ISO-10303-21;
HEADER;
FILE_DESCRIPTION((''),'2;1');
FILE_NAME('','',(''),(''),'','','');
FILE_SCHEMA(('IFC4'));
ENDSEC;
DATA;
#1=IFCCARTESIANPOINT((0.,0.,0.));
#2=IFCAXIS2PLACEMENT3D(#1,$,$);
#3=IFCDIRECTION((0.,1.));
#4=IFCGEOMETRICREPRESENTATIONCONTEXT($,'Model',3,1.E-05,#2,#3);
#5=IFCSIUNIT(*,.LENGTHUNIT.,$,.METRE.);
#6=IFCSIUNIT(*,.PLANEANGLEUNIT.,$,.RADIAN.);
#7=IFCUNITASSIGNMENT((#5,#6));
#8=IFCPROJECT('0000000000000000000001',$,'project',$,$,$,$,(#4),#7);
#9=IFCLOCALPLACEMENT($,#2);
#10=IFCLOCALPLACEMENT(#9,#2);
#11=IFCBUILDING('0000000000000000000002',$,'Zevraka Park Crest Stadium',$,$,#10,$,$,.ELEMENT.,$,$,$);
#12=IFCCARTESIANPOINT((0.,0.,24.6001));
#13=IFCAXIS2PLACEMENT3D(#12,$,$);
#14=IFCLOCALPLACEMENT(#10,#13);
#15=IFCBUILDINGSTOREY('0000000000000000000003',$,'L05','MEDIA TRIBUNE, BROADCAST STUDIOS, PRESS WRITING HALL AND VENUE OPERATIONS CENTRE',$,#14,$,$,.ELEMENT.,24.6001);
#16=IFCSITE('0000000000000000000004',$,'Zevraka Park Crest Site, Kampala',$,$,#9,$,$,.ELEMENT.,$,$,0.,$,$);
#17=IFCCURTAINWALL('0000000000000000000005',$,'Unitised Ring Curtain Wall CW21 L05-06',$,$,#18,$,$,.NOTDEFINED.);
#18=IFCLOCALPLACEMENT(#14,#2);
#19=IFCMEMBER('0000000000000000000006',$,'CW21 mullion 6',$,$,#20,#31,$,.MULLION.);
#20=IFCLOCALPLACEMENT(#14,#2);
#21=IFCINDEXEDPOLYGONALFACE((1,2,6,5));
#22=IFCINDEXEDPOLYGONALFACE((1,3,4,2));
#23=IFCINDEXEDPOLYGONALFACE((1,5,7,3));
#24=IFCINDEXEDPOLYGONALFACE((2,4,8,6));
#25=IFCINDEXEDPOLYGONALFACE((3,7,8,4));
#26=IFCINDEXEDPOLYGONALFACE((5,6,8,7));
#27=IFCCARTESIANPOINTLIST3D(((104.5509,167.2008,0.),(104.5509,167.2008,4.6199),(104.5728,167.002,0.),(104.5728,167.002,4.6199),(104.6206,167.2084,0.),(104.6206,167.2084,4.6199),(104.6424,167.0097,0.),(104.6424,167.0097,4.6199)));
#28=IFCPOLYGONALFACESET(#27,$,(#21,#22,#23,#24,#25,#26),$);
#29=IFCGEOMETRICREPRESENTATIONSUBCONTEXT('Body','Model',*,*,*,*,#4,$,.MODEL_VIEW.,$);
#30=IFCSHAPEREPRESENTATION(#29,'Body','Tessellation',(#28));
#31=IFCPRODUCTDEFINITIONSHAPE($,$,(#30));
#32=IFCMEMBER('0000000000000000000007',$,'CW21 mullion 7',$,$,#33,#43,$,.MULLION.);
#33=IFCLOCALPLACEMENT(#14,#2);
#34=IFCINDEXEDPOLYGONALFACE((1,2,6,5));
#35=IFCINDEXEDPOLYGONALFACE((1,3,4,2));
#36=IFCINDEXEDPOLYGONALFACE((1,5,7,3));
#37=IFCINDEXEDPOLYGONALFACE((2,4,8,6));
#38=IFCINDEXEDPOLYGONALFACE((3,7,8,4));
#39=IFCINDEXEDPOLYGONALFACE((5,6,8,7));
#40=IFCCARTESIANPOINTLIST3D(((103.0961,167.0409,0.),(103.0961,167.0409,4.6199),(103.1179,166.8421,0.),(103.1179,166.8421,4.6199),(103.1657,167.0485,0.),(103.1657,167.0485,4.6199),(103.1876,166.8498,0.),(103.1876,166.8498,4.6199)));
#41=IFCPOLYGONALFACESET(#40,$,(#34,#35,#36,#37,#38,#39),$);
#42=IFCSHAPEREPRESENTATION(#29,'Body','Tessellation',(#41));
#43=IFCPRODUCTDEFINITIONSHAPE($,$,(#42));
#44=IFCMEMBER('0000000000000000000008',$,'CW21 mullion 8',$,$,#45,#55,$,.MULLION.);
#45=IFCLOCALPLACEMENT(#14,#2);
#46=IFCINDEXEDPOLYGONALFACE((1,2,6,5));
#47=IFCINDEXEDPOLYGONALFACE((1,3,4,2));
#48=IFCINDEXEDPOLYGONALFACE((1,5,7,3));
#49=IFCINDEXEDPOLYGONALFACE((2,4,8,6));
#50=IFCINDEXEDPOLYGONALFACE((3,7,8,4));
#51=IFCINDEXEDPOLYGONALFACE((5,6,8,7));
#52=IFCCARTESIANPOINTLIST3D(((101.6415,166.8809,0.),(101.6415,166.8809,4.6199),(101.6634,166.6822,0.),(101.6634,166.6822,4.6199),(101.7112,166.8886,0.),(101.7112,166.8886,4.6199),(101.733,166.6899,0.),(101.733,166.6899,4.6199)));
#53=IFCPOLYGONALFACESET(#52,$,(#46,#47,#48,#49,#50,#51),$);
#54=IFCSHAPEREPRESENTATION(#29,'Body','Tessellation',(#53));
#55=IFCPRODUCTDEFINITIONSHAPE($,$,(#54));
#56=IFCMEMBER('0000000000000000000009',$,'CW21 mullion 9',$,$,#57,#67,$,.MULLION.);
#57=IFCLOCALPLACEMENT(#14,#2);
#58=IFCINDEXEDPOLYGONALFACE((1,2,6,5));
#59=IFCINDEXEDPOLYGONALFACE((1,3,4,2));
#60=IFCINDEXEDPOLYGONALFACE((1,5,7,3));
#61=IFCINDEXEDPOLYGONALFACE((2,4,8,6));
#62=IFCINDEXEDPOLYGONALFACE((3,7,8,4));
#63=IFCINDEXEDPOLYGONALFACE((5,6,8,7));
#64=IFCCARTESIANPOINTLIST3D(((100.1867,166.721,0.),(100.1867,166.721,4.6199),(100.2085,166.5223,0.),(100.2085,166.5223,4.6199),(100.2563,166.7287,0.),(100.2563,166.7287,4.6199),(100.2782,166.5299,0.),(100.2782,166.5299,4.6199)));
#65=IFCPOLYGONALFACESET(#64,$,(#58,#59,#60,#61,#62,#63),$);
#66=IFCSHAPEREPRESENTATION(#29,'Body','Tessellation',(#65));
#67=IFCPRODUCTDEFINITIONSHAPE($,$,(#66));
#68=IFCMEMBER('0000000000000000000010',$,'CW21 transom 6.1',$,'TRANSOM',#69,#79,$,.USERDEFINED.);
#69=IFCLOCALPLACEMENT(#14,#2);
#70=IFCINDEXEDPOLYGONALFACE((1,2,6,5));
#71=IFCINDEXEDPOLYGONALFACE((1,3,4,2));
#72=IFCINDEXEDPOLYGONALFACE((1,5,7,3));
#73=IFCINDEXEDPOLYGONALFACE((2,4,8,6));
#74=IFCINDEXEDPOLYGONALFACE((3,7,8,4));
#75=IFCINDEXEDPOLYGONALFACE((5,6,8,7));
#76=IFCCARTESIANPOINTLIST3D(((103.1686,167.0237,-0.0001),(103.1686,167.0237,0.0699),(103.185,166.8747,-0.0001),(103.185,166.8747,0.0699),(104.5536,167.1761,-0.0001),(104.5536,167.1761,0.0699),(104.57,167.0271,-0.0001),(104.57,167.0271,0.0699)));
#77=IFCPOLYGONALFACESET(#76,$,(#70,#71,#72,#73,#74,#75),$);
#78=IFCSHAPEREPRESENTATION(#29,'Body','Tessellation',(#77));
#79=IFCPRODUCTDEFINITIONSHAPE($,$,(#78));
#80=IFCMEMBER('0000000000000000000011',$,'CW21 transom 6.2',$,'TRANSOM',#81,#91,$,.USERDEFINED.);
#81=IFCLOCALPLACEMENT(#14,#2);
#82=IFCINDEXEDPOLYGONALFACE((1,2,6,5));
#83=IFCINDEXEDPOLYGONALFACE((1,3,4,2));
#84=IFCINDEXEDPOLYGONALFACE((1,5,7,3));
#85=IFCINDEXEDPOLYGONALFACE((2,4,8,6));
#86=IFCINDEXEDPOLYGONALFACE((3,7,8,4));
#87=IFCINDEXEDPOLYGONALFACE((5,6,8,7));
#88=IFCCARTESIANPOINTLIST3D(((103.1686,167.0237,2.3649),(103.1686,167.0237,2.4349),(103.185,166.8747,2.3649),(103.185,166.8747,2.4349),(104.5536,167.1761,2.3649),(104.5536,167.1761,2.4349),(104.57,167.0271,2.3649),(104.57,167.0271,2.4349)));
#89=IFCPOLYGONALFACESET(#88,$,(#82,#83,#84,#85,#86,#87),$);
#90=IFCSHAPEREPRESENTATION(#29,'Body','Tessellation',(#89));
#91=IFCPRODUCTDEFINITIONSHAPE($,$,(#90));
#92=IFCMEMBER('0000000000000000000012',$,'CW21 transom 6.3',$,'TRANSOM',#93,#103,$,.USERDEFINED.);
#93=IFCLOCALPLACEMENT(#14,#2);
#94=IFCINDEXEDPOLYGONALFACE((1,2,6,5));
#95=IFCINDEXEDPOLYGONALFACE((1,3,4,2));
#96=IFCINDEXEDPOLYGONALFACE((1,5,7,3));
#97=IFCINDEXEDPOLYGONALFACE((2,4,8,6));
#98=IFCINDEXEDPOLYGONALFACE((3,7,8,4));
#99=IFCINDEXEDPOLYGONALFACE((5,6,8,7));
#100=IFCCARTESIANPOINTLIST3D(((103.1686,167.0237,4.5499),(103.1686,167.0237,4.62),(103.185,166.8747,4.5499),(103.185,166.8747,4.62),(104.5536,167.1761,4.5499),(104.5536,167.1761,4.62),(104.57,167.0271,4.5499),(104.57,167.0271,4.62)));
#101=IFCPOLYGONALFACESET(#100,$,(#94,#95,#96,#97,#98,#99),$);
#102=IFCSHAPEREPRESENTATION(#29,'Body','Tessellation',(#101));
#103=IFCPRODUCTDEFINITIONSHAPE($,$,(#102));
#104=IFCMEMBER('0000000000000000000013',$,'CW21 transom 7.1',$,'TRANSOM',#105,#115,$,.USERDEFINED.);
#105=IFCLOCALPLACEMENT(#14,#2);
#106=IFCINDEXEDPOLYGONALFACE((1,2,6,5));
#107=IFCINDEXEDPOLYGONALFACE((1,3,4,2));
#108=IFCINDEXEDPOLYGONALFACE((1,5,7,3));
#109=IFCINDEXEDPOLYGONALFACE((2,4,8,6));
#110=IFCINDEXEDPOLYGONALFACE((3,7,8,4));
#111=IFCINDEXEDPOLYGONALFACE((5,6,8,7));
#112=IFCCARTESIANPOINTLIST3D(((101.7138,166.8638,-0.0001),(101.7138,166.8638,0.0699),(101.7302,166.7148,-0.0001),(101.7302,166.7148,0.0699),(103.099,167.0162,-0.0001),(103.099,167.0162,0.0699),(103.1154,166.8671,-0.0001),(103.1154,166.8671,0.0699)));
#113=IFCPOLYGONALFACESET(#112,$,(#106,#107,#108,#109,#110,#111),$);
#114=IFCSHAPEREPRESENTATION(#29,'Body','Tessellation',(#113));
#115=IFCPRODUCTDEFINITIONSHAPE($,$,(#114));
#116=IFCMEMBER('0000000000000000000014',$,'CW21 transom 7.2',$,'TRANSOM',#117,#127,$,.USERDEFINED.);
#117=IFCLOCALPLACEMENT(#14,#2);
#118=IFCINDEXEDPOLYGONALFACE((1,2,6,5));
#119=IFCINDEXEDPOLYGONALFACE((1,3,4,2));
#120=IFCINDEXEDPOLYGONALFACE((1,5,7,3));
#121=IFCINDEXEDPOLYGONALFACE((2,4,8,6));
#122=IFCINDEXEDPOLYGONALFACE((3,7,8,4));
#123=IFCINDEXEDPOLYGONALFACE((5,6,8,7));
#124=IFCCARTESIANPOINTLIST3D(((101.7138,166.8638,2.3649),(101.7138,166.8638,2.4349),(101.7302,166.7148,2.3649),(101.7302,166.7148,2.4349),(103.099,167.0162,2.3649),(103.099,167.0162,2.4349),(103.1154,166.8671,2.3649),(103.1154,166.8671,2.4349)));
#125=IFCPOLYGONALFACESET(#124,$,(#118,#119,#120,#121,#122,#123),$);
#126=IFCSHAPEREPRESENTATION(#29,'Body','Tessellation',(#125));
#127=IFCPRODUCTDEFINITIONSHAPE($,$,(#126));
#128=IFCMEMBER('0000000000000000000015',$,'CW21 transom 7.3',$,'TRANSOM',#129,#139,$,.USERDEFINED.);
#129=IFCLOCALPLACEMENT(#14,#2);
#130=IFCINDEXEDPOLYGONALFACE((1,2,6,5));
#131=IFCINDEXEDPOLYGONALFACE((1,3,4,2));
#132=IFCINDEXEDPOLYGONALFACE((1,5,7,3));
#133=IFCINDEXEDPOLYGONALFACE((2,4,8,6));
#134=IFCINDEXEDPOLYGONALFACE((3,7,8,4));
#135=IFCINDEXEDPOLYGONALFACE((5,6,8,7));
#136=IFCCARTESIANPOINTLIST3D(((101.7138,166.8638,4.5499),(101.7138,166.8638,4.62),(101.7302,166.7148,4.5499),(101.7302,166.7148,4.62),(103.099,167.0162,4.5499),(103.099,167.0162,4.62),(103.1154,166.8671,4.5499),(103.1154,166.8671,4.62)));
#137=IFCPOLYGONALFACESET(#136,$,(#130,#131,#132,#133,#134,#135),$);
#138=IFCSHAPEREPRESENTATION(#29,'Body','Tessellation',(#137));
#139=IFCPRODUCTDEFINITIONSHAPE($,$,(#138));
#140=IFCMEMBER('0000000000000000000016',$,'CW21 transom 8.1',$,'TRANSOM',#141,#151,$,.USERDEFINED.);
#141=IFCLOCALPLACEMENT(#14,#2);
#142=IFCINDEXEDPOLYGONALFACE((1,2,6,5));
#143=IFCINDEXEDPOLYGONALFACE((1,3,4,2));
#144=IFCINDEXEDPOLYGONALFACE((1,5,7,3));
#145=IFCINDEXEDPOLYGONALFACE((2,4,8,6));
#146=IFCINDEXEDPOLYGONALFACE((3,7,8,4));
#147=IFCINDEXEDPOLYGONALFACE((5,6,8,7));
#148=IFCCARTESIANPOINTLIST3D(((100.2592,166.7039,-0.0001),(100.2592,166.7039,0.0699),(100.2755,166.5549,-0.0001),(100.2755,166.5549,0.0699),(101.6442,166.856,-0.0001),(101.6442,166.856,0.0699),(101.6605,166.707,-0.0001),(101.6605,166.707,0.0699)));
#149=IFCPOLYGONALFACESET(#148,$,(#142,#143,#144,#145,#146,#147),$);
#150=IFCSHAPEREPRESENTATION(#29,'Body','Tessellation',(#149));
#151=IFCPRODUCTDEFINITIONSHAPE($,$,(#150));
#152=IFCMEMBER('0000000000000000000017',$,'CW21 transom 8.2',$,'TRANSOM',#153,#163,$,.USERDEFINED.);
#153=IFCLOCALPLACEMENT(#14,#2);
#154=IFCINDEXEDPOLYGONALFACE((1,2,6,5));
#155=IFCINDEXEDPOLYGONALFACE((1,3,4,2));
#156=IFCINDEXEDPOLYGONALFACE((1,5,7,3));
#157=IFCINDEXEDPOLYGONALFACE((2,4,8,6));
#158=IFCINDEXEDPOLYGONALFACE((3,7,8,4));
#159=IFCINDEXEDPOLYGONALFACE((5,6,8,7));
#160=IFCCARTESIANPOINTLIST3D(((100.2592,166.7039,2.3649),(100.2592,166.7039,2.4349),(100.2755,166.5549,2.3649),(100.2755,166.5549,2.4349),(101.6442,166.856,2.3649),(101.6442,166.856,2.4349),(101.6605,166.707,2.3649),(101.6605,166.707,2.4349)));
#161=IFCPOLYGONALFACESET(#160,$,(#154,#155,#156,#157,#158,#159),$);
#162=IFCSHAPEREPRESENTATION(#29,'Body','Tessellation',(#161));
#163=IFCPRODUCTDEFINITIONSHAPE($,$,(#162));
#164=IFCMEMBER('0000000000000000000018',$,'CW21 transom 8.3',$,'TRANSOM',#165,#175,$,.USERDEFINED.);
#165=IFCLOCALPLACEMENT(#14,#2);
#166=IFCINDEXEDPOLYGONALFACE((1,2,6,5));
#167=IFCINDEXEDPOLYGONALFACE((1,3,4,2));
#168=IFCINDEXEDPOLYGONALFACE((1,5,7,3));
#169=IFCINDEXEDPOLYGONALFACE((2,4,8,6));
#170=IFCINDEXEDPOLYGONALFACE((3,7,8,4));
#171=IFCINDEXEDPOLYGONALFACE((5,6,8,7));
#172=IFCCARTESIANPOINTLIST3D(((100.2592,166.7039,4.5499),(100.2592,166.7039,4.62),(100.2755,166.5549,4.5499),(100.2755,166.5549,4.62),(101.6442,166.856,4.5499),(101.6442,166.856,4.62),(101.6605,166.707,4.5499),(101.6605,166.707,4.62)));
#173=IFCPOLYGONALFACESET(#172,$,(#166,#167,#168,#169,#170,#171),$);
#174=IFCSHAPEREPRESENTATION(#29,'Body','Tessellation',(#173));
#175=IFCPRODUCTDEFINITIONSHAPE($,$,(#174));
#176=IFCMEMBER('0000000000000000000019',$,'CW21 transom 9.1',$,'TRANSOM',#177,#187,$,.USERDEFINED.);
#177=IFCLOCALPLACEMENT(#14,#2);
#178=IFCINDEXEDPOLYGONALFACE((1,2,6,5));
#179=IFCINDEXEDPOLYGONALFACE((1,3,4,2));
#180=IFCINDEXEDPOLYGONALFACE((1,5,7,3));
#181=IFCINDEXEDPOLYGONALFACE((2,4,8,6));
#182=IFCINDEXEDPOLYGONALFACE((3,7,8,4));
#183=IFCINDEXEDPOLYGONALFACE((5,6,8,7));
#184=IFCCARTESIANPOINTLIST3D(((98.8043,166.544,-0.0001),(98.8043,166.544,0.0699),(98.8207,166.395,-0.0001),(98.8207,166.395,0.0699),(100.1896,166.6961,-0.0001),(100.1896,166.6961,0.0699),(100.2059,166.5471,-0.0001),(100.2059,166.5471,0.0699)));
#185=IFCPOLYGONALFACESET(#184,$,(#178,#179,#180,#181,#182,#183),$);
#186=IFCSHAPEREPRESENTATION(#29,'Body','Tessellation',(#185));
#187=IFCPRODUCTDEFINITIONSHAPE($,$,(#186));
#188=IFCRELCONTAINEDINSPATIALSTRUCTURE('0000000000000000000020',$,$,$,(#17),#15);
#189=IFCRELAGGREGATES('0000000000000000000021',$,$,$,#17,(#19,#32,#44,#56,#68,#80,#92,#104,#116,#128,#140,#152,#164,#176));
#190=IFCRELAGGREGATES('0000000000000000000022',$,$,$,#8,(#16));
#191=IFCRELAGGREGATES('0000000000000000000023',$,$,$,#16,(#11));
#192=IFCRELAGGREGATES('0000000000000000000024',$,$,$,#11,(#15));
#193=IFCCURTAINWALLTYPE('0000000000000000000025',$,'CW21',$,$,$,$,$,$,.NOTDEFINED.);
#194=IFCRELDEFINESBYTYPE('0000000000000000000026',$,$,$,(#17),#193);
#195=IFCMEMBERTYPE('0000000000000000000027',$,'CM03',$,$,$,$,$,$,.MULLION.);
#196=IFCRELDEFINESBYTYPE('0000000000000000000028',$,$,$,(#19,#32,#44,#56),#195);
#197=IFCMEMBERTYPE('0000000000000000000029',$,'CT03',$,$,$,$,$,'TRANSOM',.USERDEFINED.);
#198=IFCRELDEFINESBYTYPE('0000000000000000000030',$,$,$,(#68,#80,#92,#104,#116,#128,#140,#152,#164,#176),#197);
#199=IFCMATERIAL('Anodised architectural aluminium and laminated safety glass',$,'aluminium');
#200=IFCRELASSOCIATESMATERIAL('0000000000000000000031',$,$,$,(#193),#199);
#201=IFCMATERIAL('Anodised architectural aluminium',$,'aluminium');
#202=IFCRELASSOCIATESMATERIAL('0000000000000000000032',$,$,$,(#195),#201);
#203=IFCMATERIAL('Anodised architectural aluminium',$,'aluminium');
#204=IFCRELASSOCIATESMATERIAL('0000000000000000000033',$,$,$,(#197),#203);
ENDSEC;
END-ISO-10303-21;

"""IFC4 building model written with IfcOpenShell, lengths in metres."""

from ifc_helpers import new_model, si_unit, direction, frame, origin, origin_2d, place, context, subcontext, project, spatial, rectangle, extrude, material, material_profile, profile_set, type_object, element, aggregate, save


model = new_model("IFC4")

# Units and contexts
model_context = context("Model", 3, precision=1e-05, world=origin(), true_north=direction((0.0, 1.0)))
body_context = subcontext(model_context, "Body", "Model", "MODEL_VIEW")
ifc_project = project(units=[si_unit("LENGTHUNIT", "METRE"), si_unit("PLANEANGLEUNIT", "RADIAN")], contexts=[model_context])

# Site, building, storey
site_placement = place(None, origin())
site = spatial("IfcSite", under=ifc_project, at=site_placement, Name="Zevraka Park Crest Site, Kampala", CompositionType="ELEMENT", RefElevation=0.0)
building_placement = place(site_placement, origin())
building = spatial("IfcBuilding", under=site, at=building_placement, Name="Zevraka Park Crest Stadium", CompositionType="ELEMENT")
storey_placement = place(building_placement, frame((0.0, 0.0, 24.6001)))
storey = spatial("IfcBuildingStorey", under=building, at=storey_placement, Name="L05", Description="MEDIA TRIBUNE, BROADCAST STUDIOS, PRESS WRITING HALL AND VENUE OPERATIONS CENTRE", CompositionType="ELEMENT", Elevation=24.6001)

# Curtain wall, members
ifc_material_1 = material(Name="Anodised architectural aluminium and laminated safety glass", Category="aluminium")
curtain_wall_type = type_object("IfcCurtainWallType", Name="CW21", PredefinedType="NOTDEFINED", material=ifc_material_1)
curtain_wall_placement = place(storey_placement, origin())
curtain_wall = element("IfcCurtainWall", 1, at=curtain_wall_placement, inside=storey, type_object=curtain_wall_type, Name="Unitised Ring Curtain Wall CW21 L05-06", PredefinedType="NOTDEFINED")
ifc_material_2 = material(Name="Anodised architectural aluminium", Category="aluminium")
ifc_material_profile_1 = material_profile(ifc_material_2, rectangle(XDim=0.2, YDim=0.0701, at=origin_2d()), Name="ALU MULLION 200x70")
ifc_profile_set_1 = profile_set([ifc_material_profile_1], Name="Anodised architectural aluminium")
member_type_1 = type_object("IfcMemberType", Name="CM03", PredefinedType="MULLION", material=ifc_profile_set_1)
member_1_placement = place(storey_placement, frame((104.5967, 167.1052, 0.0), z_axis=(0.0, 0.0, 1.0), x_axis=(0.109288, -0.99401, 0.0)))
member_1 = element("IfcMember", 2, at=member_1_placement, type_object=member_type_1, Name="CW21 mullion 6", PredefinedType="MULLION", context=body_context, shape_type="SweptSolid", body=[
    extrude(rectangle(XDim=0.2, YDim=0.0701, at=origin_2d()), origin(), (0.0, 0.0, 1.0), 4.6199),
])
member_2_placement = place(storey_placement, frame((103.1418, 166.9453, 0.0), z_axis=(0.0, 0.0, 1.0), x_axis=(0.109288, -0.99401, 0.0)))
member_2 = element("IfcMember", 3, at=member_2_placement, type_object=member_type_1, Name="CW21 mullion 7", PredefinedType="MULLION", context=body_context, shape_type="SweptSolid", body=[
    extrude(rectangle(XDim=0.2, YDim=0.0701, at=origin_2d()), origin(), (0.0, 0.0, 1.0), 4.6199),
])
member_3_placement = place(storey_placement, frame((101.6873, 166.7854, 0.0), z_axis=(0.0, 0.0, 1.0), x_axis=(0.109288, -0.99401, 0.0)))
member_3 = element("IfcMember", 4, at=member_3_placement, type_object=member_type_1, Name="CW21 mullion 8", PredefinedType="MULLION", context=body_context, shape_type="SweptSolid", body=[
    extrude(rectangle(XDim=0.2, YDim=0.0701, at=origin_2d()), origin(), (0.0, 0.0, 1.0), 4.6199),
])
member_4_placement = place(storey_placement, frame((100.2324, 166.6255, 0.0), z_axis=(0.0, 0.0, 1.0), x_axis=(0.109288, -0.99401, 0.0)))
member_4 = element("IfcMember", 5, at=member_4_placement, type_object=member_type_1, Name="CW21 mullion 9", PredefinedType="MULLION", context=body_context, shape_type="SweptSolid", body=[
    extrude(rectangle(XDim=0.2, YDim=0.0701, at=origin_2d()), origin(), (0.0, 0.0, 1.0), 4.6199),
])
ifc_material_3 = material(Name="Anodised architectural aluminium", Category="aluminium")
ifc_material_profile_2 = material_profile(ifc_material_3, rectangle(XDim=0.1499, YDim=0.0701, at=origin_2d()), Name="ALU TRANSOM 150x70")
ifc_profile_set_2 = profile_set([ifc_material_profile_2], Name="Anodised architectural aluminium")
member_type_2 = type_object("IfcMemberType", Name="CT03", ElementType="TRANSOM", PredefinedType="USERDEFINED", material=ifc_profile_set_2)
member_5_placement = place(storey_placement, frame((104.5618, 167.1016, 0.0349), z_axis=(-0.994005, -0.109335, 0.0), x_axis=(0.109335, -0.994005, 0.0)))
member_5 = element("IfcMember", 6, at=member_5_placement, type_object=member_type_2, Name="CW21 transom 6.1", ObjectType="TRANSOM", PredefinedType="USERDEFINED", context=body_context, shape_type="SweptSolid", body=[
    extrude(rectangle(XDim=0.1499, YDim=0.0701, at=origin_2d()), origin(), (0.0, 0.0, 1.0), 1.3933),
])
member_6_placement = place(storey_placement, frame((104.5618, 167.1016, 2.3999), z_axis=(-0.994005, -0.109335, 0.0), x_axis=(0.109335, -0.994005, 0.0)))
member_6 = element("IfcMember", 7, at=member_6_placement, type_object=member_type_2, Name="CW21 transom 6.2", ObjectType="TRANSOM", PredefinedType="USERDEFINED", context=body_context, shape_type="SweptSolid", body=[
    extrude(rectangle(XDim=0.1499, YDim=0.0701, at=origin_2d()), origin(), (0.0, 0.0, 1.0), 1.3933),
])
member_7_placement = place(storey_placement, frame((104.5618, 167.1016, 4.585), z_axis=(-0.994005, -0.109335, 0.0), x_axis=(0.109335, -0.994005, 0.0)))
member_7 = element("IfcMember", 8, at=member_7_placement, type_object=member_type_2, Name="CW21 transom 6.3", ObjectType="TRANSOM", PredefinedType="USERDEFINED", context=body_context, shape_type="SweptSolid", body=[
    extrude(rectangle(XDim=0.1499, YDim=0.0701, at=origin_2d()), origin(), (0.0, 0.0, 1.0), 1.3933),
])
member_8_placement = place(storey_placement, frame((103.1072, 166.9417, 0.0349), z_axis=(-0.994007, -0.109316, 0.0), x_axis=(0.109316, -0.994007, 0.0)))
member_8 = element("IfcMember", 9, at=member_8_placement, type_object=member_type_2, Name="CW21 transom 7.1", ObjectType="TRANSOM", PredefinedType="USERDEFINED", context=body_context, shape_type="SweptSolid", body=[
    extrude(rectangle(XDim=0.1499, YDim=0.0701, at=origin_2d()), origin(), (0.0, 0.0, 1.0), 1.3936),
])
member_9_placement = place(storey_placement, frame((103.1072, 166.9417, 2.3999), z_axis=(-0.994007, -0.109316, 0.0), x_axis=(0.109316, -0.994007, 0.0)))
member_9 = element("IfcMember", 10, at=member_9_placement, type_object=member_type_2, Name="CW21 transom 7.2", ObjectType="TRANSOM", PredefinedType="USERDEFINED", context=body_context, shape_type="SweptSolid", body=[
    extrude(rectangle(XDim=0.1499, YDim=0.0701, at=origin_2d()), origin(), (0.0, 0.0, 1.0), 1.3936),
])
member_10_placement = place(storey_placement, frame((103.1072, 166.9417, 4.585), z_axis=(-0.994007, -0.109316, 0.0), x_axis=(0.109316, -0.994007, 0.0)))
member_10 = element("IfcMember", 11, at=member_10_placement, type_object=member_type_2, Name="CW21 transom 7.3", ObjectType="TRANSOM", PredefinedType="USERDEFINED", context=body_context, shape_type="SweptSolid", body=[
    extrude(rectangle(XDim=0.1499, YDim=0.0701, at=origin_2d()), origin(), (0.0, 0.0, 1.0), 1.3936),
])
member_11_placement = place(storey_placement, frame((101.6523, 166.7815, 0.0349), z_axis=(-0.994024, -0.109162, 0.0), x_axis=(0.109162, -0.994024, 0.0)))
member_11 = element("IfcMember", 12, at=member_11_placement, type_object=member_type_2, Name="CW21 transom 8.1", ObjectType="TRANSOM", PredefinedType="USERDEFINED", context=body_context, shape_type="SweptSolid", body=[
    extrude(rectangle(XDim=0.1499, YDim=0.0701, at=origin_2d()), origin(), (0.0, 0.0, 1.0), 1.3933),
])
member_12_placement = place(storey_placement, frame((101.6523, 166.7815, 2.3999), z_axis=(-0.994024, -0.109162, 0.0), x_axis=(0.109162, -0.994024, 0.0)))
member_12 = element("IfcMember", 13, at=member_12_placement, type_object=member_type_2, Name="CW21 transom 8.2", ObjectType="TRANSOM", PredefinedType="USERDEFINED", context=body_context, shape_type="SweptSolid", body=[
    extrude(rectangle(XDim=0.1499, YDim=0.0701, at=origin_2d()), origin(), (0.0, 0.0, 1.0), 1.3933),
])
member_13_placement = place(storey_placement, frame((101.6523, 166.7815, 4.585), z_axis=(-0.994024, -0.109162, 0.0), x_axis=(0.109162, -0.994024, 0.0)))
member_13 = element("IfcMember", 14, at=member_13_placement, type_object=member_type_2, Name="CW21 transom 8.3", ObjectType="TRANSOM", PredefinedType="USERDEFINED", context=body_context, shape_type="SweptSolid", body=[
    extrude(rectangle(XDim=0.1499, YDim=0.0701, at=origin_2d()), origin(), (0.0, 0.0, 1.0), 1.3933),
])
member_14_placement = place(storey_placement, frame((100.1978, 166.6216, 0.0349), z_axis=(-0.994026, -0.109143, 0.0), x_axis=(0.109143, -0.994026, 0.0)))
member_14 = element("IfcMember", 15, at=member_14_placement, type_object=member_type_2, Name="CW21 transom 9.1", ObjectType="TRANSOM", PredefinedType="USERDEFINED", context=body_context, shape_type="SweptSolid", body=[
    extrude(rectangle(XDim=0.1499, YDim=0.0701, at=origin_2d()), origin(), (0.0, 0.0, 1.0), 1.3936),
])

aggregate(curtain_wall, [member_1, member_2, member_3, member_4, member_5, member_6, member_7, member_8, member_9, member_10, member_11, member_12, member_13, member_14])

save(model, "model.ifc")
